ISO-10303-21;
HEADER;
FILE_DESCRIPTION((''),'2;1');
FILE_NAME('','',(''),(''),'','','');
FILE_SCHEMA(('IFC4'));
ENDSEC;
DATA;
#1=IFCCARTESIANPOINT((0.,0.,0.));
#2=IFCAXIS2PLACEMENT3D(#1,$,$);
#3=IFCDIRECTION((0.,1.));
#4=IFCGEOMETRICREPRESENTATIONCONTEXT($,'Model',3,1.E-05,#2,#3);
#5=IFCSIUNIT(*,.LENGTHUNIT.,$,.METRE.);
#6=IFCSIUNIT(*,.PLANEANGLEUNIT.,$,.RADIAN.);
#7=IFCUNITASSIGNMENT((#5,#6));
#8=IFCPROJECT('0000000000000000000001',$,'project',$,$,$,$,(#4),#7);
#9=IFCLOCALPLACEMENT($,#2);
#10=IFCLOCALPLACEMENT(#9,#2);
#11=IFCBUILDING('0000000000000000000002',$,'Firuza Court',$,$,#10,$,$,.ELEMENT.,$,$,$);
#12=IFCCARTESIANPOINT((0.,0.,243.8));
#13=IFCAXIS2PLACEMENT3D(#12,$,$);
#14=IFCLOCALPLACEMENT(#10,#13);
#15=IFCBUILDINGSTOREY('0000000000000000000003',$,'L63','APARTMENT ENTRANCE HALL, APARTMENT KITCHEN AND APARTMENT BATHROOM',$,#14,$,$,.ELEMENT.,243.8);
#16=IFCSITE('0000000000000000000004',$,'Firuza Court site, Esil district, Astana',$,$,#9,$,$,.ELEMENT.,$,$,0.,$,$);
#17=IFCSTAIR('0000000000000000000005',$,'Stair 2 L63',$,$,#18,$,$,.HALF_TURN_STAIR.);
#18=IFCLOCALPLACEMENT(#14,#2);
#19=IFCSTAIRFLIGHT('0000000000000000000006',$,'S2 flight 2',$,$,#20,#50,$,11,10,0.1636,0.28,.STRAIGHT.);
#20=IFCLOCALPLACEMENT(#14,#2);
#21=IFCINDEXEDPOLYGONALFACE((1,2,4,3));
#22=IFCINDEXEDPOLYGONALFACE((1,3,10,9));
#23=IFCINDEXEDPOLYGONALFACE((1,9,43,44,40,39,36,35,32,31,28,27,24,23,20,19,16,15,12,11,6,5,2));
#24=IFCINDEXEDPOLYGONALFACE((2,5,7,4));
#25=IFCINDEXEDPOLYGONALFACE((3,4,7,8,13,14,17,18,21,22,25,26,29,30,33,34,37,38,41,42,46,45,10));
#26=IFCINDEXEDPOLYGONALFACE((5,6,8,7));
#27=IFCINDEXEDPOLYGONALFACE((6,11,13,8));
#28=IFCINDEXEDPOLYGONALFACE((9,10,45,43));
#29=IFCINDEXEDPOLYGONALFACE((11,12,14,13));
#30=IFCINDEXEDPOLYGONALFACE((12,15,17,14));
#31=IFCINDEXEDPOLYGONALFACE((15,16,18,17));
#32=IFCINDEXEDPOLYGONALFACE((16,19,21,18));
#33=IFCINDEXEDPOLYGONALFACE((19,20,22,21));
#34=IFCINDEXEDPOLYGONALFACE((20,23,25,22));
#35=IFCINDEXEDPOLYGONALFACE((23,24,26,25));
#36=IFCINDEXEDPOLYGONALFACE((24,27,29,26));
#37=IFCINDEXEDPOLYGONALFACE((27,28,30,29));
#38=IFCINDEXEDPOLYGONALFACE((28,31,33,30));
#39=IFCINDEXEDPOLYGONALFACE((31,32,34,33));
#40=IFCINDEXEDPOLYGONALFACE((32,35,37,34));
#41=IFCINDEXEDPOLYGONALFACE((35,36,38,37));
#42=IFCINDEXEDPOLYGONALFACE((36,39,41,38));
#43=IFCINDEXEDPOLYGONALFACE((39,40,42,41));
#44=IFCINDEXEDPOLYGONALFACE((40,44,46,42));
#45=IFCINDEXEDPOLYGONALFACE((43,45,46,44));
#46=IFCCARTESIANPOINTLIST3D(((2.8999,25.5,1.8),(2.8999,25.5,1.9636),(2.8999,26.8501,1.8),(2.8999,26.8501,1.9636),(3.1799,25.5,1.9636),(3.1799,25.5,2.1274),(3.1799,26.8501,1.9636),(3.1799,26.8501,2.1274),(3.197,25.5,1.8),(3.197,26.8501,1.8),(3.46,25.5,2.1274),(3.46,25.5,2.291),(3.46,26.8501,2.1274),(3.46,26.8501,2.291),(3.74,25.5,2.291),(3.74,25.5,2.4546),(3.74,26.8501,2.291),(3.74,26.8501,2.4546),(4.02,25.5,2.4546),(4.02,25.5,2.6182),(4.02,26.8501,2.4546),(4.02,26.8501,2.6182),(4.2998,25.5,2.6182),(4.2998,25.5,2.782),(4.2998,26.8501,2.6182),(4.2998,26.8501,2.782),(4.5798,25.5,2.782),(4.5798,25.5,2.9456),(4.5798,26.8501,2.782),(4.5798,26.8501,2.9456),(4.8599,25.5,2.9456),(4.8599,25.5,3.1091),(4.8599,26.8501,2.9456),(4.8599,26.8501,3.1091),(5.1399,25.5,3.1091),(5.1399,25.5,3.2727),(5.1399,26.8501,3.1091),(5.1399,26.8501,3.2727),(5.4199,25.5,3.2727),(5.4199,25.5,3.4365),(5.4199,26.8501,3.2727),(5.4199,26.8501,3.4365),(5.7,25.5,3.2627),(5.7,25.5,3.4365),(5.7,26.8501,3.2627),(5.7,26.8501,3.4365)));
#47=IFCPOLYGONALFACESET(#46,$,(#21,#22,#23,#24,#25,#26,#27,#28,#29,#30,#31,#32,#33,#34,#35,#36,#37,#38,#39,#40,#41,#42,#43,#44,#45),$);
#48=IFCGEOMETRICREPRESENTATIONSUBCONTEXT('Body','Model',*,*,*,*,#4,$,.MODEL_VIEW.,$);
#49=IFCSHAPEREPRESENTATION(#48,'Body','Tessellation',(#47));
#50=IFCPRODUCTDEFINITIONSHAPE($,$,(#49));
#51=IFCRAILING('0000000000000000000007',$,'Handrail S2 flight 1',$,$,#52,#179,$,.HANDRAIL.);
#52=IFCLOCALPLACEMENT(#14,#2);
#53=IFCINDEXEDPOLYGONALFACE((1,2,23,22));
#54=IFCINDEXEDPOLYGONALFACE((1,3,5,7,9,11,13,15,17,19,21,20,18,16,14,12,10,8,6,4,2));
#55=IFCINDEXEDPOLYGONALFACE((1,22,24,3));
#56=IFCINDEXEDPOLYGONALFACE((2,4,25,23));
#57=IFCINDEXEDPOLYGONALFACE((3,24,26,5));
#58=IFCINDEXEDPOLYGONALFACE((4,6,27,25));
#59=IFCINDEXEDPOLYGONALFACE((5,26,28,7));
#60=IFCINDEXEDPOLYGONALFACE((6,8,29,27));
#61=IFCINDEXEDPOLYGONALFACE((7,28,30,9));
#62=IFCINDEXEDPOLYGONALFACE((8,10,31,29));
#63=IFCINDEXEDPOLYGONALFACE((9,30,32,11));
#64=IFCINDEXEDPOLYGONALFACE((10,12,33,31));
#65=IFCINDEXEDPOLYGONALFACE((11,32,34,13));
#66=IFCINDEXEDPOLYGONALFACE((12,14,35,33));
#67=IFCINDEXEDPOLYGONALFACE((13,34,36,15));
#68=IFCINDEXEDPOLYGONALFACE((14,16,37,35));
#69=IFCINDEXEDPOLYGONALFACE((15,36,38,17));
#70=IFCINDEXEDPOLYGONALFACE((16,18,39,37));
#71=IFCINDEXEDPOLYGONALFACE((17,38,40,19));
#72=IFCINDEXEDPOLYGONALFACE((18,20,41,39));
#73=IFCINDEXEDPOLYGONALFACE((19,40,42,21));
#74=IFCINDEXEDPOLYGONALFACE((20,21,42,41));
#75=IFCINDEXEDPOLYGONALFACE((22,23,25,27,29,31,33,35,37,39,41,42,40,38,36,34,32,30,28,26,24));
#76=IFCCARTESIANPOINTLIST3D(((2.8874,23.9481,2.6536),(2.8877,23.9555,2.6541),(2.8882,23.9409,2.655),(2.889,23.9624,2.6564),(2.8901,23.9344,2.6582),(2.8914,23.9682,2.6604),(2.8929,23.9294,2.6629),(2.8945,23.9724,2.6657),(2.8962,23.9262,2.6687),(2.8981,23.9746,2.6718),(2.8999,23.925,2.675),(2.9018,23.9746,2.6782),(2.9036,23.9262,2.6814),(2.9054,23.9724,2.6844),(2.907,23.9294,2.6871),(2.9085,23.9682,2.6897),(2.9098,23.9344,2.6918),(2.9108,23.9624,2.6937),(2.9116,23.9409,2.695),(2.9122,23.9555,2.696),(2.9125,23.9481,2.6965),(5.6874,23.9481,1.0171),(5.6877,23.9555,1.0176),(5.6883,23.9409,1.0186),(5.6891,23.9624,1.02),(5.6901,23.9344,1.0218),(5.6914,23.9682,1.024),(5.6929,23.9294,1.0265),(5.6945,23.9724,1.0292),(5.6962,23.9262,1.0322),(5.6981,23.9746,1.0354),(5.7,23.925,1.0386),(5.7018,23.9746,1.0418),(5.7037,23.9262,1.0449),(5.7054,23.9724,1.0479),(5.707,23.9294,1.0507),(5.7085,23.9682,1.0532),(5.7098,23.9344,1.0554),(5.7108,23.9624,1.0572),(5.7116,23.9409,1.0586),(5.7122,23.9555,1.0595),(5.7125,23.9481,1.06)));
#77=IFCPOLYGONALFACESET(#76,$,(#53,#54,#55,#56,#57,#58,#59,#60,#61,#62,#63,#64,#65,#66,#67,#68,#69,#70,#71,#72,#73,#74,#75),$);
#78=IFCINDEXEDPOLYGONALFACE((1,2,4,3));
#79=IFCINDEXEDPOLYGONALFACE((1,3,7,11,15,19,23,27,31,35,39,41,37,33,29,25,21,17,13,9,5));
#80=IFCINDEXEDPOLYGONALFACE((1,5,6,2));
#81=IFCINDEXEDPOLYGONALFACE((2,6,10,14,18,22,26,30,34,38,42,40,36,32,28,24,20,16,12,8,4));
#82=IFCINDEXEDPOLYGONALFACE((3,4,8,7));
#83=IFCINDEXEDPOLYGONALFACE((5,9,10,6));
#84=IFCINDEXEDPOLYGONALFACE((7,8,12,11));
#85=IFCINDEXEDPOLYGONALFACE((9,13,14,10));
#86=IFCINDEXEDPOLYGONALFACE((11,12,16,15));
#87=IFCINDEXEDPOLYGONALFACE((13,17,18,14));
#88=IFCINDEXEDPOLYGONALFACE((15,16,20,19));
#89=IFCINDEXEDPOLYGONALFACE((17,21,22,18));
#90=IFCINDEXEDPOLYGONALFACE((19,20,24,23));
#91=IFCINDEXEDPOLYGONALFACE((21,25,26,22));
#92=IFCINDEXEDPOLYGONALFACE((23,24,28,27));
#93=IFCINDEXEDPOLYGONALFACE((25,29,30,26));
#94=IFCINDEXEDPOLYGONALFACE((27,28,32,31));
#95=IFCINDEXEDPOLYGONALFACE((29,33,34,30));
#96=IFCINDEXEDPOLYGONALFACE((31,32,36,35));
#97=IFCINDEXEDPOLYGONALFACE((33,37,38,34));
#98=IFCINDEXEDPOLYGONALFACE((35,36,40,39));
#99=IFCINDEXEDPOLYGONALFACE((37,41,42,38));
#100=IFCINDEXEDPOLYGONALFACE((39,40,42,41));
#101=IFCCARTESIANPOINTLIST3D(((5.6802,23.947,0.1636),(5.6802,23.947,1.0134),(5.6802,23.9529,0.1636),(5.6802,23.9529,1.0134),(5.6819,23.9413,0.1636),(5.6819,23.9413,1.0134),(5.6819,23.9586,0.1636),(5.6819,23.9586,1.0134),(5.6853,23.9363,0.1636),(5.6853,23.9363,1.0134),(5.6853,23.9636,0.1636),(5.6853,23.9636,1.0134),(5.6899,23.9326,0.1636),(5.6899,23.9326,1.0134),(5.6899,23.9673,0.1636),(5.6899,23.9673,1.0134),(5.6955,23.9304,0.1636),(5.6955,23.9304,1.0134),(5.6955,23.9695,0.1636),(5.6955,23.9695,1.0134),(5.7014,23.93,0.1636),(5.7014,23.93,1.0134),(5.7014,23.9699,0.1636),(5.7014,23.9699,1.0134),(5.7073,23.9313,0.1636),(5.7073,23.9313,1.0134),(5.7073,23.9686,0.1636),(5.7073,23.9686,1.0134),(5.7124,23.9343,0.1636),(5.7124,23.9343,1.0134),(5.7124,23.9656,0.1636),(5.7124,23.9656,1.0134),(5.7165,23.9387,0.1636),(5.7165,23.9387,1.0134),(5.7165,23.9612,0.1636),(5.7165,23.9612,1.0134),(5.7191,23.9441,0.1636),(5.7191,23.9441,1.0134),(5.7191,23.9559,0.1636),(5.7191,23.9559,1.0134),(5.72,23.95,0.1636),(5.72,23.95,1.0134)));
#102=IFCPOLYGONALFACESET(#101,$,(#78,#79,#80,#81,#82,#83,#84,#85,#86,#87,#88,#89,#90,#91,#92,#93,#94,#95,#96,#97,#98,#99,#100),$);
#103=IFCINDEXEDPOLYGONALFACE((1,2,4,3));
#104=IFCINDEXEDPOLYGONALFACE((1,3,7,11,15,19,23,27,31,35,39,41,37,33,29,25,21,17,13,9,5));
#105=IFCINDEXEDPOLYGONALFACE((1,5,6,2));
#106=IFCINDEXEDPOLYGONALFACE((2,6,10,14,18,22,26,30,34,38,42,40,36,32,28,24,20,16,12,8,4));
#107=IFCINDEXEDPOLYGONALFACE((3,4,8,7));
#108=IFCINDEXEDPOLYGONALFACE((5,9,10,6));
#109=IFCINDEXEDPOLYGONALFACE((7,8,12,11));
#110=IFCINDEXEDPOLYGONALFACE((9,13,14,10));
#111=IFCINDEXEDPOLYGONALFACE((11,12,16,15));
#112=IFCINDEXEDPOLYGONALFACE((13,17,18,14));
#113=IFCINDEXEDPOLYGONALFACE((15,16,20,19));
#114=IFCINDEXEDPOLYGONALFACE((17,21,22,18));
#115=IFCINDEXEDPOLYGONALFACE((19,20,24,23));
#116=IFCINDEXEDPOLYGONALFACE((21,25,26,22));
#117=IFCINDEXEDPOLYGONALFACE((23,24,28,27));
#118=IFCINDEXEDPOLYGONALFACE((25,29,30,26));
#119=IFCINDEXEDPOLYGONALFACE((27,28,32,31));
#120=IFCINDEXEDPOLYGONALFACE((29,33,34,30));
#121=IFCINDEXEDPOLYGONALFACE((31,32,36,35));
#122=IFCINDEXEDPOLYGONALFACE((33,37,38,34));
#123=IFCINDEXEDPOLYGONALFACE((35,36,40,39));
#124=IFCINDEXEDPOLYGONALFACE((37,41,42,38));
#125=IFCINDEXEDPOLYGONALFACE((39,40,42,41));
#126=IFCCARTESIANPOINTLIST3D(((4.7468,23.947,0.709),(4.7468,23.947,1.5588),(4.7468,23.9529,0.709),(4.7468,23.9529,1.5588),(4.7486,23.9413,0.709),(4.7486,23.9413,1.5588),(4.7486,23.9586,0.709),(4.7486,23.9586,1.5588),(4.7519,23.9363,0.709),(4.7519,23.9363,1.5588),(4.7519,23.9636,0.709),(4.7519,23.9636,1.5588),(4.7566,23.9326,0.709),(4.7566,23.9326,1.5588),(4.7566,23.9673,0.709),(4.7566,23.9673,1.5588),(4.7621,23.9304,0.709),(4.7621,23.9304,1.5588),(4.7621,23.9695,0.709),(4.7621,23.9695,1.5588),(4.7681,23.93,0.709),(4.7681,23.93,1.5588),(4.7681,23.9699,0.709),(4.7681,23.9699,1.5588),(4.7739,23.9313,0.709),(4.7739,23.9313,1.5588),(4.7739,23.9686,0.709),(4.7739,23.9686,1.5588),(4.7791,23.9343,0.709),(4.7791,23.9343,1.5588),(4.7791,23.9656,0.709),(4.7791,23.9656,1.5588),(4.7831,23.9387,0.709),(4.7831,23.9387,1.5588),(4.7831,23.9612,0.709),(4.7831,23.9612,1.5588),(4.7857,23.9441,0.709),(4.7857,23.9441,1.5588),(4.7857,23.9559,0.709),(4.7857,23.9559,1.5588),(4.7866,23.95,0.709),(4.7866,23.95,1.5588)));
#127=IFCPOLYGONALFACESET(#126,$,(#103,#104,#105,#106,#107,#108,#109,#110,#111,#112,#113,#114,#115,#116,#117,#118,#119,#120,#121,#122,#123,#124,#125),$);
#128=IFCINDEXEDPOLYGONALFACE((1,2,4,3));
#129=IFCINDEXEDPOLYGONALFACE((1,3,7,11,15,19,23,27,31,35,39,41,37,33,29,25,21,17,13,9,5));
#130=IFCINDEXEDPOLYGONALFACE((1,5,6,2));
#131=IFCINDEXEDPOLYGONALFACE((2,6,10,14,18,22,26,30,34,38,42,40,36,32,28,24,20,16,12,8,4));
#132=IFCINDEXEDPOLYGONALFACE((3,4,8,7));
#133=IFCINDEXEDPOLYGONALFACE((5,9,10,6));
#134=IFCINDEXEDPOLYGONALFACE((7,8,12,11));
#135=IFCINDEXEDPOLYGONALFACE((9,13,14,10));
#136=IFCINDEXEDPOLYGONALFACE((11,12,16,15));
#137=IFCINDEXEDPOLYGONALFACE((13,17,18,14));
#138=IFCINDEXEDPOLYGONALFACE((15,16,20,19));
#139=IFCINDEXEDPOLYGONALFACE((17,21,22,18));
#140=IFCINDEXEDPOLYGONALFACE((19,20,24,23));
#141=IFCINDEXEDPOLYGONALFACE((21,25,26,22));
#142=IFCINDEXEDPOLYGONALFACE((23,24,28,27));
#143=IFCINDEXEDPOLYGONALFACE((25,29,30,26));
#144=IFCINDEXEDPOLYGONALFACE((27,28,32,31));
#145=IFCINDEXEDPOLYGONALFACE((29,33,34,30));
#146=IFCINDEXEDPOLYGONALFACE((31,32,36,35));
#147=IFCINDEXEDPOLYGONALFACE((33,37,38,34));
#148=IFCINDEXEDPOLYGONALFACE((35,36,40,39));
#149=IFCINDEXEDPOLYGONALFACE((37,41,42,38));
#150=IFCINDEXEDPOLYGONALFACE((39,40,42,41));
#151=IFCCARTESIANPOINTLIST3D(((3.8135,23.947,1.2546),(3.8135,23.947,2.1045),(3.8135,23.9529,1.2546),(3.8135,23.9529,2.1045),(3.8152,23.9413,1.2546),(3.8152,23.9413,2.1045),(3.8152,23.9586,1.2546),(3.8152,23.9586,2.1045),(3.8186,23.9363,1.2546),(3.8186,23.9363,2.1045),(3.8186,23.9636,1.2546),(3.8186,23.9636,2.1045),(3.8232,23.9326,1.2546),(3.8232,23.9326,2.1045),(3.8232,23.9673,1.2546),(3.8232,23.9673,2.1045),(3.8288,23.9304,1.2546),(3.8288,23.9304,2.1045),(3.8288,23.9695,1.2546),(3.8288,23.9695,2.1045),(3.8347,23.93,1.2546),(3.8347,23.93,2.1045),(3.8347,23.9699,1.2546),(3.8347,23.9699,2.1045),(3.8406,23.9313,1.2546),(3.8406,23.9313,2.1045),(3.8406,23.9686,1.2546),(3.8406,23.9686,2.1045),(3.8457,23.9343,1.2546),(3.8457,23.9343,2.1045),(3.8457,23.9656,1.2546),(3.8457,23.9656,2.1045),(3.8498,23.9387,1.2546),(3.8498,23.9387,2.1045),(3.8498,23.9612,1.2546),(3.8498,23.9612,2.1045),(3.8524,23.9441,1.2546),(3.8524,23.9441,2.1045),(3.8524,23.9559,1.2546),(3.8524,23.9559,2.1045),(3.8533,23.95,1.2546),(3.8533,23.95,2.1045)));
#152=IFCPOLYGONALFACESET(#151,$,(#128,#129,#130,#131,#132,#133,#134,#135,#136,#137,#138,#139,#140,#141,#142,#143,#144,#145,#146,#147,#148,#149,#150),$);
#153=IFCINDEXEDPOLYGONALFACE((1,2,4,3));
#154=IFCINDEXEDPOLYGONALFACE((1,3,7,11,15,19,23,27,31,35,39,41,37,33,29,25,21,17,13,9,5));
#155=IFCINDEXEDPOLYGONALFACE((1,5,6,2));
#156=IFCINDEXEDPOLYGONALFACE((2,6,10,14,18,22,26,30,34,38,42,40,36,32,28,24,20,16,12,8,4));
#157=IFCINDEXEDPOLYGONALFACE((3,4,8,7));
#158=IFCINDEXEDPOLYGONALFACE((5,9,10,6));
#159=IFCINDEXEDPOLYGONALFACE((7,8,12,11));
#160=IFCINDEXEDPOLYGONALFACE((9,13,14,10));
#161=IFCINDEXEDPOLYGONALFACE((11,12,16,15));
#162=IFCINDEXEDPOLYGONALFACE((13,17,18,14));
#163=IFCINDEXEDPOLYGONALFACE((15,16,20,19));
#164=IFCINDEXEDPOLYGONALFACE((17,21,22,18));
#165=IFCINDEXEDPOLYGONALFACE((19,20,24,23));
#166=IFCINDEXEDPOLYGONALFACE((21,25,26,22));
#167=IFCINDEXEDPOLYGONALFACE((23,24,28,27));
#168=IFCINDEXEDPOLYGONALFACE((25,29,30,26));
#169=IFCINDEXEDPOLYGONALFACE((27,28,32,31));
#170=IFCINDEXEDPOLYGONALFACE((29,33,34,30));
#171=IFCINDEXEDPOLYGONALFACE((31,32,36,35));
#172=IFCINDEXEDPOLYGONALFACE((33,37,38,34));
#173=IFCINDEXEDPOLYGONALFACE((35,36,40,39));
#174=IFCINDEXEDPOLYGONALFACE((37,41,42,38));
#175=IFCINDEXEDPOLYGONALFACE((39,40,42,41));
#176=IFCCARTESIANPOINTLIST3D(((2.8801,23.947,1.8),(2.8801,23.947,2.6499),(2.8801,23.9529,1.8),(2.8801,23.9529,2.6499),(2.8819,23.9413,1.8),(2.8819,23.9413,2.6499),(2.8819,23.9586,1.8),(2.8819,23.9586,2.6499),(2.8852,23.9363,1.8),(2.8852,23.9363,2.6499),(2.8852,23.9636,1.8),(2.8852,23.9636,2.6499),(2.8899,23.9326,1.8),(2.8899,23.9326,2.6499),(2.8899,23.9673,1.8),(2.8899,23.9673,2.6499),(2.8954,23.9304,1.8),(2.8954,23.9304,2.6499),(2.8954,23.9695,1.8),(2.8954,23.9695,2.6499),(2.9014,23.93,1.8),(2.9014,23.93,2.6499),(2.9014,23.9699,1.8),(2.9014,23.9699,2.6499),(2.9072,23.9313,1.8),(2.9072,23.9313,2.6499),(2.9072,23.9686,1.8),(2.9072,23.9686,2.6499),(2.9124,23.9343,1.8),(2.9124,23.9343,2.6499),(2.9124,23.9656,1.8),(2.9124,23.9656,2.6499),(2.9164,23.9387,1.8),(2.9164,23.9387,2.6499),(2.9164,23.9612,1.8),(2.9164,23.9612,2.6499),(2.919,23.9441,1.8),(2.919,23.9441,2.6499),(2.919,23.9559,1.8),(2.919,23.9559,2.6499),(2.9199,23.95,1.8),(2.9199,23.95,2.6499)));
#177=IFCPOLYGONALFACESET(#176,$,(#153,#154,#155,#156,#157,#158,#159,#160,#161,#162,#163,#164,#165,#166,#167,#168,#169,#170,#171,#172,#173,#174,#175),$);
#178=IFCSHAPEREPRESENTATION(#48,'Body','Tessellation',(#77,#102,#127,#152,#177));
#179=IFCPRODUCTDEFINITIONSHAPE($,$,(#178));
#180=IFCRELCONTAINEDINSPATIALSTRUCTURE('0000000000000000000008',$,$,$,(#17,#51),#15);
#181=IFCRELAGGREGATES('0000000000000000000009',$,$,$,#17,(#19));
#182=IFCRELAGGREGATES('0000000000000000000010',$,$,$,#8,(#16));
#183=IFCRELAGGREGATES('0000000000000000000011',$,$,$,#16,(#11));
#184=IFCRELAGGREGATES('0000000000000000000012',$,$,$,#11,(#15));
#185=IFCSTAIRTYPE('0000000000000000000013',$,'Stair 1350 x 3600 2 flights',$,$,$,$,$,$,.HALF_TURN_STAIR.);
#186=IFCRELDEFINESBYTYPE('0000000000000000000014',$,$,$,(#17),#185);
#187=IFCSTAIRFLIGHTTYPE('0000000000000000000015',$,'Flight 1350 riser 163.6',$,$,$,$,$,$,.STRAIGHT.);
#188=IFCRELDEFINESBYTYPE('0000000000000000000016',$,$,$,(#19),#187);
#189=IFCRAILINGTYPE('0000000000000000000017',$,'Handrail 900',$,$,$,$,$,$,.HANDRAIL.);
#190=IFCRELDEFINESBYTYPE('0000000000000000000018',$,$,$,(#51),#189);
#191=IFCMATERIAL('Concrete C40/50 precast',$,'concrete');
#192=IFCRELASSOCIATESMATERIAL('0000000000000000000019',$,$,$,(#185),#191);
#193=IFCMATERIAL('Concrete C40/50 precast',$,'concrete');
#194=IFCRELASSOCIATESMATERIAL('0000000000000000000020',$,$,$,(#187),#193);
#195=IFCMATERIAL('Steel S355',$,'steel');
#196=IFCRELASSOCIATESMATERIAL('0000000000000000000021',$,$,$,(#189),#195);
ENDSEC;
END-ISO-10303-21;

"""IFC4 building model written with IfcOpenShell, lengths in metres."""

from ifc_helpers import new_model, si_unit, direction, frame, origin, origin_2d, place, context, subcontext, project, spatial, polyline, circle, outline, extrude, material, type_object, element, aggregate, save


model = new_model("IFC4")

# Units and contexts
model_context = context("Model", 3, precision=1e-05, world=origin(), true_north=direction((0.0, 1.0)))
body_context = subcontext(model_context, "Body", "Model", "MODEL_VIEW")
ifc_project = project(units=[si_unit("LENGTHUNIT", "METRE"), si_unit("PLANEANGLEUNIT", "RADIAN")], contexts=[model_context])

# Site, building, storey
site_placement = place(None, origin())
site = spatial("IfcSite", under=ifc_project, at=site_placement, Name="Firuza Court site, Esil district, Astana", CompositionType="ELEMENT", RefElevation=0.0)
building_placement = place(site_placement, origin())
building = spatial("IfcBuilding", under=site, at=building_placement, Name="Firuza Court", CompositionType="ELEMENT")
storey_placement = place(building_placement, frame((0.0, 0.0, 243.8)))
storey = spatial("IfcBuildingStorey", under=building, at=storey_placement, Name="L63", Description="APARTMENT ENTRANCE HALL, APARTMENT KITCHEN AND APARTMENT BATHROOM", CompositionType="ELEMENT", Elevation=243.8)

# Stair, stair flight
ifc_material_1 = material(Name="Concrete C40/50 precast", Category="concrete")
stair_type = type_object("IfcStairType", Name="Stair 1350 x 3600 2 flights", PredefinedType="HALF_TURN_STAIR", material=ifc_material_1)
stair_placement = place(storey_placement, origin())
stair = element("IfcStair", 1, at=stair_placement, inside=storey, type_object=stair_type, Name="Stair 2 L63", PredefinedType="HALF_TURN_STAIR")
ifc_material_2 = material(Name="Concrete C40/50 precast", Category="concrete")
stair_flight_type = type_object("IfcStairFlightType", Name="Flight 1350 riser 163.6", PredefinedType="STRAIGHT", material=ifc_material_2)
stair_flight_1_placement = place(storey_placement, frame((2.8999, 26.175, 1.8), z_axis=(0.0, 0.0, 1.0), x_axis=(1.0, 0.0, 0.0)))
stair_flight_1 = element("IfcStairFlight", 2, at=stair_flight_1_placement, type_object=stair_flight_type, Name="S2 flight 2", NumberOfRisers=11, NumberOfTreads=10, PredefinedType="STRAIGHT", RiserHeight=0.1636, TreadLength=0.28, context=body_context, shape_type="SweptSolid", body=[
    extrude(outline(polyline([(0.0, 0.0), (0.0, 0.1636), (0.28, 0.1636), (0.28, 0.3274), (0.5601, 0.3274), (0.5601, 0.491), (0.8401, 0.491), (0.8401, 0.6545), (1.1201, 0.6545), (1.1201, 0.8181), (1.3999, 0.8181), (1.3999, 0.9819), (1.6799, 0.9819), (1.6799, 1.1455), (1.96, 1.1455), (1.96, 1.3091), (2.24, 1.3091), (2.24, 1.4727), (2.52, 1.4727), (2.52, 1.6365), (2.8, 1.6365), (2.8, 1.8), (2.8, 1.4626), (0.2971, 0.0), (0.0, 0.0)])), frame((0.0, 0.675, 0.0), z_axis=(0.0, -1.0, 0.0), x_axis=(1.0, 0.0, 0.0)), (0.0, 0.0, 1.0), 1.3501),
])
aggregate(stair, [stair_flight_1])

# Railing
ifc_material_3 = material(Name="Steel S355", Category="steel")
railing_type_1 = type_object("IfcRailingType", Name="Handrail 900", PredefinedType="HANDRAIL", material=ifc_material_3)
railing_1_placement = place(storey_placement, frame((5.7, 23.95, 0.1636)))
element("IfcRailing", 3, at=railing_1_placement, inside=storey, type_object=railing_type_1, Name="Handrail S2 flight 1", PredefinedType="HANDRAIL", context=body_context, shape_type="SweptSolid", body=[
    extrude(circle(Radius=0.0249, at=origin_2d()), frame((0.0, 0.0, 0.875), z_axis=(-0.863361, 0.0, 0.504587), x_axis=(0.0, -1.0, 0.0)), (0.0, 0.0, 1.0), 3.2432),
    extrude(circle(Radius=0.02, at=origin_2d()), origin(), (0.0, 0.0, 1.0), 0.8499),
    extrude(circle(Radius=0.02, at=origin_2d()), frame((-0.9333, 0.0, 0.5454)), (0.0, 0.0, 1.0), 0.8499),
    extrude(circle(Radius=0.02, at=origin_2d()), frame((-1.8667, 0.0, 1.0911)), (0.0, 0.0, 1.0), 0.8499),
    extrude(circle(Radius=0.02, at=origin_2d()), frame((-2.8, 0.0, 1.6365)), (0.0, 0.0, 1.0), 0.8499),
])

save(model, "model.ifc")
